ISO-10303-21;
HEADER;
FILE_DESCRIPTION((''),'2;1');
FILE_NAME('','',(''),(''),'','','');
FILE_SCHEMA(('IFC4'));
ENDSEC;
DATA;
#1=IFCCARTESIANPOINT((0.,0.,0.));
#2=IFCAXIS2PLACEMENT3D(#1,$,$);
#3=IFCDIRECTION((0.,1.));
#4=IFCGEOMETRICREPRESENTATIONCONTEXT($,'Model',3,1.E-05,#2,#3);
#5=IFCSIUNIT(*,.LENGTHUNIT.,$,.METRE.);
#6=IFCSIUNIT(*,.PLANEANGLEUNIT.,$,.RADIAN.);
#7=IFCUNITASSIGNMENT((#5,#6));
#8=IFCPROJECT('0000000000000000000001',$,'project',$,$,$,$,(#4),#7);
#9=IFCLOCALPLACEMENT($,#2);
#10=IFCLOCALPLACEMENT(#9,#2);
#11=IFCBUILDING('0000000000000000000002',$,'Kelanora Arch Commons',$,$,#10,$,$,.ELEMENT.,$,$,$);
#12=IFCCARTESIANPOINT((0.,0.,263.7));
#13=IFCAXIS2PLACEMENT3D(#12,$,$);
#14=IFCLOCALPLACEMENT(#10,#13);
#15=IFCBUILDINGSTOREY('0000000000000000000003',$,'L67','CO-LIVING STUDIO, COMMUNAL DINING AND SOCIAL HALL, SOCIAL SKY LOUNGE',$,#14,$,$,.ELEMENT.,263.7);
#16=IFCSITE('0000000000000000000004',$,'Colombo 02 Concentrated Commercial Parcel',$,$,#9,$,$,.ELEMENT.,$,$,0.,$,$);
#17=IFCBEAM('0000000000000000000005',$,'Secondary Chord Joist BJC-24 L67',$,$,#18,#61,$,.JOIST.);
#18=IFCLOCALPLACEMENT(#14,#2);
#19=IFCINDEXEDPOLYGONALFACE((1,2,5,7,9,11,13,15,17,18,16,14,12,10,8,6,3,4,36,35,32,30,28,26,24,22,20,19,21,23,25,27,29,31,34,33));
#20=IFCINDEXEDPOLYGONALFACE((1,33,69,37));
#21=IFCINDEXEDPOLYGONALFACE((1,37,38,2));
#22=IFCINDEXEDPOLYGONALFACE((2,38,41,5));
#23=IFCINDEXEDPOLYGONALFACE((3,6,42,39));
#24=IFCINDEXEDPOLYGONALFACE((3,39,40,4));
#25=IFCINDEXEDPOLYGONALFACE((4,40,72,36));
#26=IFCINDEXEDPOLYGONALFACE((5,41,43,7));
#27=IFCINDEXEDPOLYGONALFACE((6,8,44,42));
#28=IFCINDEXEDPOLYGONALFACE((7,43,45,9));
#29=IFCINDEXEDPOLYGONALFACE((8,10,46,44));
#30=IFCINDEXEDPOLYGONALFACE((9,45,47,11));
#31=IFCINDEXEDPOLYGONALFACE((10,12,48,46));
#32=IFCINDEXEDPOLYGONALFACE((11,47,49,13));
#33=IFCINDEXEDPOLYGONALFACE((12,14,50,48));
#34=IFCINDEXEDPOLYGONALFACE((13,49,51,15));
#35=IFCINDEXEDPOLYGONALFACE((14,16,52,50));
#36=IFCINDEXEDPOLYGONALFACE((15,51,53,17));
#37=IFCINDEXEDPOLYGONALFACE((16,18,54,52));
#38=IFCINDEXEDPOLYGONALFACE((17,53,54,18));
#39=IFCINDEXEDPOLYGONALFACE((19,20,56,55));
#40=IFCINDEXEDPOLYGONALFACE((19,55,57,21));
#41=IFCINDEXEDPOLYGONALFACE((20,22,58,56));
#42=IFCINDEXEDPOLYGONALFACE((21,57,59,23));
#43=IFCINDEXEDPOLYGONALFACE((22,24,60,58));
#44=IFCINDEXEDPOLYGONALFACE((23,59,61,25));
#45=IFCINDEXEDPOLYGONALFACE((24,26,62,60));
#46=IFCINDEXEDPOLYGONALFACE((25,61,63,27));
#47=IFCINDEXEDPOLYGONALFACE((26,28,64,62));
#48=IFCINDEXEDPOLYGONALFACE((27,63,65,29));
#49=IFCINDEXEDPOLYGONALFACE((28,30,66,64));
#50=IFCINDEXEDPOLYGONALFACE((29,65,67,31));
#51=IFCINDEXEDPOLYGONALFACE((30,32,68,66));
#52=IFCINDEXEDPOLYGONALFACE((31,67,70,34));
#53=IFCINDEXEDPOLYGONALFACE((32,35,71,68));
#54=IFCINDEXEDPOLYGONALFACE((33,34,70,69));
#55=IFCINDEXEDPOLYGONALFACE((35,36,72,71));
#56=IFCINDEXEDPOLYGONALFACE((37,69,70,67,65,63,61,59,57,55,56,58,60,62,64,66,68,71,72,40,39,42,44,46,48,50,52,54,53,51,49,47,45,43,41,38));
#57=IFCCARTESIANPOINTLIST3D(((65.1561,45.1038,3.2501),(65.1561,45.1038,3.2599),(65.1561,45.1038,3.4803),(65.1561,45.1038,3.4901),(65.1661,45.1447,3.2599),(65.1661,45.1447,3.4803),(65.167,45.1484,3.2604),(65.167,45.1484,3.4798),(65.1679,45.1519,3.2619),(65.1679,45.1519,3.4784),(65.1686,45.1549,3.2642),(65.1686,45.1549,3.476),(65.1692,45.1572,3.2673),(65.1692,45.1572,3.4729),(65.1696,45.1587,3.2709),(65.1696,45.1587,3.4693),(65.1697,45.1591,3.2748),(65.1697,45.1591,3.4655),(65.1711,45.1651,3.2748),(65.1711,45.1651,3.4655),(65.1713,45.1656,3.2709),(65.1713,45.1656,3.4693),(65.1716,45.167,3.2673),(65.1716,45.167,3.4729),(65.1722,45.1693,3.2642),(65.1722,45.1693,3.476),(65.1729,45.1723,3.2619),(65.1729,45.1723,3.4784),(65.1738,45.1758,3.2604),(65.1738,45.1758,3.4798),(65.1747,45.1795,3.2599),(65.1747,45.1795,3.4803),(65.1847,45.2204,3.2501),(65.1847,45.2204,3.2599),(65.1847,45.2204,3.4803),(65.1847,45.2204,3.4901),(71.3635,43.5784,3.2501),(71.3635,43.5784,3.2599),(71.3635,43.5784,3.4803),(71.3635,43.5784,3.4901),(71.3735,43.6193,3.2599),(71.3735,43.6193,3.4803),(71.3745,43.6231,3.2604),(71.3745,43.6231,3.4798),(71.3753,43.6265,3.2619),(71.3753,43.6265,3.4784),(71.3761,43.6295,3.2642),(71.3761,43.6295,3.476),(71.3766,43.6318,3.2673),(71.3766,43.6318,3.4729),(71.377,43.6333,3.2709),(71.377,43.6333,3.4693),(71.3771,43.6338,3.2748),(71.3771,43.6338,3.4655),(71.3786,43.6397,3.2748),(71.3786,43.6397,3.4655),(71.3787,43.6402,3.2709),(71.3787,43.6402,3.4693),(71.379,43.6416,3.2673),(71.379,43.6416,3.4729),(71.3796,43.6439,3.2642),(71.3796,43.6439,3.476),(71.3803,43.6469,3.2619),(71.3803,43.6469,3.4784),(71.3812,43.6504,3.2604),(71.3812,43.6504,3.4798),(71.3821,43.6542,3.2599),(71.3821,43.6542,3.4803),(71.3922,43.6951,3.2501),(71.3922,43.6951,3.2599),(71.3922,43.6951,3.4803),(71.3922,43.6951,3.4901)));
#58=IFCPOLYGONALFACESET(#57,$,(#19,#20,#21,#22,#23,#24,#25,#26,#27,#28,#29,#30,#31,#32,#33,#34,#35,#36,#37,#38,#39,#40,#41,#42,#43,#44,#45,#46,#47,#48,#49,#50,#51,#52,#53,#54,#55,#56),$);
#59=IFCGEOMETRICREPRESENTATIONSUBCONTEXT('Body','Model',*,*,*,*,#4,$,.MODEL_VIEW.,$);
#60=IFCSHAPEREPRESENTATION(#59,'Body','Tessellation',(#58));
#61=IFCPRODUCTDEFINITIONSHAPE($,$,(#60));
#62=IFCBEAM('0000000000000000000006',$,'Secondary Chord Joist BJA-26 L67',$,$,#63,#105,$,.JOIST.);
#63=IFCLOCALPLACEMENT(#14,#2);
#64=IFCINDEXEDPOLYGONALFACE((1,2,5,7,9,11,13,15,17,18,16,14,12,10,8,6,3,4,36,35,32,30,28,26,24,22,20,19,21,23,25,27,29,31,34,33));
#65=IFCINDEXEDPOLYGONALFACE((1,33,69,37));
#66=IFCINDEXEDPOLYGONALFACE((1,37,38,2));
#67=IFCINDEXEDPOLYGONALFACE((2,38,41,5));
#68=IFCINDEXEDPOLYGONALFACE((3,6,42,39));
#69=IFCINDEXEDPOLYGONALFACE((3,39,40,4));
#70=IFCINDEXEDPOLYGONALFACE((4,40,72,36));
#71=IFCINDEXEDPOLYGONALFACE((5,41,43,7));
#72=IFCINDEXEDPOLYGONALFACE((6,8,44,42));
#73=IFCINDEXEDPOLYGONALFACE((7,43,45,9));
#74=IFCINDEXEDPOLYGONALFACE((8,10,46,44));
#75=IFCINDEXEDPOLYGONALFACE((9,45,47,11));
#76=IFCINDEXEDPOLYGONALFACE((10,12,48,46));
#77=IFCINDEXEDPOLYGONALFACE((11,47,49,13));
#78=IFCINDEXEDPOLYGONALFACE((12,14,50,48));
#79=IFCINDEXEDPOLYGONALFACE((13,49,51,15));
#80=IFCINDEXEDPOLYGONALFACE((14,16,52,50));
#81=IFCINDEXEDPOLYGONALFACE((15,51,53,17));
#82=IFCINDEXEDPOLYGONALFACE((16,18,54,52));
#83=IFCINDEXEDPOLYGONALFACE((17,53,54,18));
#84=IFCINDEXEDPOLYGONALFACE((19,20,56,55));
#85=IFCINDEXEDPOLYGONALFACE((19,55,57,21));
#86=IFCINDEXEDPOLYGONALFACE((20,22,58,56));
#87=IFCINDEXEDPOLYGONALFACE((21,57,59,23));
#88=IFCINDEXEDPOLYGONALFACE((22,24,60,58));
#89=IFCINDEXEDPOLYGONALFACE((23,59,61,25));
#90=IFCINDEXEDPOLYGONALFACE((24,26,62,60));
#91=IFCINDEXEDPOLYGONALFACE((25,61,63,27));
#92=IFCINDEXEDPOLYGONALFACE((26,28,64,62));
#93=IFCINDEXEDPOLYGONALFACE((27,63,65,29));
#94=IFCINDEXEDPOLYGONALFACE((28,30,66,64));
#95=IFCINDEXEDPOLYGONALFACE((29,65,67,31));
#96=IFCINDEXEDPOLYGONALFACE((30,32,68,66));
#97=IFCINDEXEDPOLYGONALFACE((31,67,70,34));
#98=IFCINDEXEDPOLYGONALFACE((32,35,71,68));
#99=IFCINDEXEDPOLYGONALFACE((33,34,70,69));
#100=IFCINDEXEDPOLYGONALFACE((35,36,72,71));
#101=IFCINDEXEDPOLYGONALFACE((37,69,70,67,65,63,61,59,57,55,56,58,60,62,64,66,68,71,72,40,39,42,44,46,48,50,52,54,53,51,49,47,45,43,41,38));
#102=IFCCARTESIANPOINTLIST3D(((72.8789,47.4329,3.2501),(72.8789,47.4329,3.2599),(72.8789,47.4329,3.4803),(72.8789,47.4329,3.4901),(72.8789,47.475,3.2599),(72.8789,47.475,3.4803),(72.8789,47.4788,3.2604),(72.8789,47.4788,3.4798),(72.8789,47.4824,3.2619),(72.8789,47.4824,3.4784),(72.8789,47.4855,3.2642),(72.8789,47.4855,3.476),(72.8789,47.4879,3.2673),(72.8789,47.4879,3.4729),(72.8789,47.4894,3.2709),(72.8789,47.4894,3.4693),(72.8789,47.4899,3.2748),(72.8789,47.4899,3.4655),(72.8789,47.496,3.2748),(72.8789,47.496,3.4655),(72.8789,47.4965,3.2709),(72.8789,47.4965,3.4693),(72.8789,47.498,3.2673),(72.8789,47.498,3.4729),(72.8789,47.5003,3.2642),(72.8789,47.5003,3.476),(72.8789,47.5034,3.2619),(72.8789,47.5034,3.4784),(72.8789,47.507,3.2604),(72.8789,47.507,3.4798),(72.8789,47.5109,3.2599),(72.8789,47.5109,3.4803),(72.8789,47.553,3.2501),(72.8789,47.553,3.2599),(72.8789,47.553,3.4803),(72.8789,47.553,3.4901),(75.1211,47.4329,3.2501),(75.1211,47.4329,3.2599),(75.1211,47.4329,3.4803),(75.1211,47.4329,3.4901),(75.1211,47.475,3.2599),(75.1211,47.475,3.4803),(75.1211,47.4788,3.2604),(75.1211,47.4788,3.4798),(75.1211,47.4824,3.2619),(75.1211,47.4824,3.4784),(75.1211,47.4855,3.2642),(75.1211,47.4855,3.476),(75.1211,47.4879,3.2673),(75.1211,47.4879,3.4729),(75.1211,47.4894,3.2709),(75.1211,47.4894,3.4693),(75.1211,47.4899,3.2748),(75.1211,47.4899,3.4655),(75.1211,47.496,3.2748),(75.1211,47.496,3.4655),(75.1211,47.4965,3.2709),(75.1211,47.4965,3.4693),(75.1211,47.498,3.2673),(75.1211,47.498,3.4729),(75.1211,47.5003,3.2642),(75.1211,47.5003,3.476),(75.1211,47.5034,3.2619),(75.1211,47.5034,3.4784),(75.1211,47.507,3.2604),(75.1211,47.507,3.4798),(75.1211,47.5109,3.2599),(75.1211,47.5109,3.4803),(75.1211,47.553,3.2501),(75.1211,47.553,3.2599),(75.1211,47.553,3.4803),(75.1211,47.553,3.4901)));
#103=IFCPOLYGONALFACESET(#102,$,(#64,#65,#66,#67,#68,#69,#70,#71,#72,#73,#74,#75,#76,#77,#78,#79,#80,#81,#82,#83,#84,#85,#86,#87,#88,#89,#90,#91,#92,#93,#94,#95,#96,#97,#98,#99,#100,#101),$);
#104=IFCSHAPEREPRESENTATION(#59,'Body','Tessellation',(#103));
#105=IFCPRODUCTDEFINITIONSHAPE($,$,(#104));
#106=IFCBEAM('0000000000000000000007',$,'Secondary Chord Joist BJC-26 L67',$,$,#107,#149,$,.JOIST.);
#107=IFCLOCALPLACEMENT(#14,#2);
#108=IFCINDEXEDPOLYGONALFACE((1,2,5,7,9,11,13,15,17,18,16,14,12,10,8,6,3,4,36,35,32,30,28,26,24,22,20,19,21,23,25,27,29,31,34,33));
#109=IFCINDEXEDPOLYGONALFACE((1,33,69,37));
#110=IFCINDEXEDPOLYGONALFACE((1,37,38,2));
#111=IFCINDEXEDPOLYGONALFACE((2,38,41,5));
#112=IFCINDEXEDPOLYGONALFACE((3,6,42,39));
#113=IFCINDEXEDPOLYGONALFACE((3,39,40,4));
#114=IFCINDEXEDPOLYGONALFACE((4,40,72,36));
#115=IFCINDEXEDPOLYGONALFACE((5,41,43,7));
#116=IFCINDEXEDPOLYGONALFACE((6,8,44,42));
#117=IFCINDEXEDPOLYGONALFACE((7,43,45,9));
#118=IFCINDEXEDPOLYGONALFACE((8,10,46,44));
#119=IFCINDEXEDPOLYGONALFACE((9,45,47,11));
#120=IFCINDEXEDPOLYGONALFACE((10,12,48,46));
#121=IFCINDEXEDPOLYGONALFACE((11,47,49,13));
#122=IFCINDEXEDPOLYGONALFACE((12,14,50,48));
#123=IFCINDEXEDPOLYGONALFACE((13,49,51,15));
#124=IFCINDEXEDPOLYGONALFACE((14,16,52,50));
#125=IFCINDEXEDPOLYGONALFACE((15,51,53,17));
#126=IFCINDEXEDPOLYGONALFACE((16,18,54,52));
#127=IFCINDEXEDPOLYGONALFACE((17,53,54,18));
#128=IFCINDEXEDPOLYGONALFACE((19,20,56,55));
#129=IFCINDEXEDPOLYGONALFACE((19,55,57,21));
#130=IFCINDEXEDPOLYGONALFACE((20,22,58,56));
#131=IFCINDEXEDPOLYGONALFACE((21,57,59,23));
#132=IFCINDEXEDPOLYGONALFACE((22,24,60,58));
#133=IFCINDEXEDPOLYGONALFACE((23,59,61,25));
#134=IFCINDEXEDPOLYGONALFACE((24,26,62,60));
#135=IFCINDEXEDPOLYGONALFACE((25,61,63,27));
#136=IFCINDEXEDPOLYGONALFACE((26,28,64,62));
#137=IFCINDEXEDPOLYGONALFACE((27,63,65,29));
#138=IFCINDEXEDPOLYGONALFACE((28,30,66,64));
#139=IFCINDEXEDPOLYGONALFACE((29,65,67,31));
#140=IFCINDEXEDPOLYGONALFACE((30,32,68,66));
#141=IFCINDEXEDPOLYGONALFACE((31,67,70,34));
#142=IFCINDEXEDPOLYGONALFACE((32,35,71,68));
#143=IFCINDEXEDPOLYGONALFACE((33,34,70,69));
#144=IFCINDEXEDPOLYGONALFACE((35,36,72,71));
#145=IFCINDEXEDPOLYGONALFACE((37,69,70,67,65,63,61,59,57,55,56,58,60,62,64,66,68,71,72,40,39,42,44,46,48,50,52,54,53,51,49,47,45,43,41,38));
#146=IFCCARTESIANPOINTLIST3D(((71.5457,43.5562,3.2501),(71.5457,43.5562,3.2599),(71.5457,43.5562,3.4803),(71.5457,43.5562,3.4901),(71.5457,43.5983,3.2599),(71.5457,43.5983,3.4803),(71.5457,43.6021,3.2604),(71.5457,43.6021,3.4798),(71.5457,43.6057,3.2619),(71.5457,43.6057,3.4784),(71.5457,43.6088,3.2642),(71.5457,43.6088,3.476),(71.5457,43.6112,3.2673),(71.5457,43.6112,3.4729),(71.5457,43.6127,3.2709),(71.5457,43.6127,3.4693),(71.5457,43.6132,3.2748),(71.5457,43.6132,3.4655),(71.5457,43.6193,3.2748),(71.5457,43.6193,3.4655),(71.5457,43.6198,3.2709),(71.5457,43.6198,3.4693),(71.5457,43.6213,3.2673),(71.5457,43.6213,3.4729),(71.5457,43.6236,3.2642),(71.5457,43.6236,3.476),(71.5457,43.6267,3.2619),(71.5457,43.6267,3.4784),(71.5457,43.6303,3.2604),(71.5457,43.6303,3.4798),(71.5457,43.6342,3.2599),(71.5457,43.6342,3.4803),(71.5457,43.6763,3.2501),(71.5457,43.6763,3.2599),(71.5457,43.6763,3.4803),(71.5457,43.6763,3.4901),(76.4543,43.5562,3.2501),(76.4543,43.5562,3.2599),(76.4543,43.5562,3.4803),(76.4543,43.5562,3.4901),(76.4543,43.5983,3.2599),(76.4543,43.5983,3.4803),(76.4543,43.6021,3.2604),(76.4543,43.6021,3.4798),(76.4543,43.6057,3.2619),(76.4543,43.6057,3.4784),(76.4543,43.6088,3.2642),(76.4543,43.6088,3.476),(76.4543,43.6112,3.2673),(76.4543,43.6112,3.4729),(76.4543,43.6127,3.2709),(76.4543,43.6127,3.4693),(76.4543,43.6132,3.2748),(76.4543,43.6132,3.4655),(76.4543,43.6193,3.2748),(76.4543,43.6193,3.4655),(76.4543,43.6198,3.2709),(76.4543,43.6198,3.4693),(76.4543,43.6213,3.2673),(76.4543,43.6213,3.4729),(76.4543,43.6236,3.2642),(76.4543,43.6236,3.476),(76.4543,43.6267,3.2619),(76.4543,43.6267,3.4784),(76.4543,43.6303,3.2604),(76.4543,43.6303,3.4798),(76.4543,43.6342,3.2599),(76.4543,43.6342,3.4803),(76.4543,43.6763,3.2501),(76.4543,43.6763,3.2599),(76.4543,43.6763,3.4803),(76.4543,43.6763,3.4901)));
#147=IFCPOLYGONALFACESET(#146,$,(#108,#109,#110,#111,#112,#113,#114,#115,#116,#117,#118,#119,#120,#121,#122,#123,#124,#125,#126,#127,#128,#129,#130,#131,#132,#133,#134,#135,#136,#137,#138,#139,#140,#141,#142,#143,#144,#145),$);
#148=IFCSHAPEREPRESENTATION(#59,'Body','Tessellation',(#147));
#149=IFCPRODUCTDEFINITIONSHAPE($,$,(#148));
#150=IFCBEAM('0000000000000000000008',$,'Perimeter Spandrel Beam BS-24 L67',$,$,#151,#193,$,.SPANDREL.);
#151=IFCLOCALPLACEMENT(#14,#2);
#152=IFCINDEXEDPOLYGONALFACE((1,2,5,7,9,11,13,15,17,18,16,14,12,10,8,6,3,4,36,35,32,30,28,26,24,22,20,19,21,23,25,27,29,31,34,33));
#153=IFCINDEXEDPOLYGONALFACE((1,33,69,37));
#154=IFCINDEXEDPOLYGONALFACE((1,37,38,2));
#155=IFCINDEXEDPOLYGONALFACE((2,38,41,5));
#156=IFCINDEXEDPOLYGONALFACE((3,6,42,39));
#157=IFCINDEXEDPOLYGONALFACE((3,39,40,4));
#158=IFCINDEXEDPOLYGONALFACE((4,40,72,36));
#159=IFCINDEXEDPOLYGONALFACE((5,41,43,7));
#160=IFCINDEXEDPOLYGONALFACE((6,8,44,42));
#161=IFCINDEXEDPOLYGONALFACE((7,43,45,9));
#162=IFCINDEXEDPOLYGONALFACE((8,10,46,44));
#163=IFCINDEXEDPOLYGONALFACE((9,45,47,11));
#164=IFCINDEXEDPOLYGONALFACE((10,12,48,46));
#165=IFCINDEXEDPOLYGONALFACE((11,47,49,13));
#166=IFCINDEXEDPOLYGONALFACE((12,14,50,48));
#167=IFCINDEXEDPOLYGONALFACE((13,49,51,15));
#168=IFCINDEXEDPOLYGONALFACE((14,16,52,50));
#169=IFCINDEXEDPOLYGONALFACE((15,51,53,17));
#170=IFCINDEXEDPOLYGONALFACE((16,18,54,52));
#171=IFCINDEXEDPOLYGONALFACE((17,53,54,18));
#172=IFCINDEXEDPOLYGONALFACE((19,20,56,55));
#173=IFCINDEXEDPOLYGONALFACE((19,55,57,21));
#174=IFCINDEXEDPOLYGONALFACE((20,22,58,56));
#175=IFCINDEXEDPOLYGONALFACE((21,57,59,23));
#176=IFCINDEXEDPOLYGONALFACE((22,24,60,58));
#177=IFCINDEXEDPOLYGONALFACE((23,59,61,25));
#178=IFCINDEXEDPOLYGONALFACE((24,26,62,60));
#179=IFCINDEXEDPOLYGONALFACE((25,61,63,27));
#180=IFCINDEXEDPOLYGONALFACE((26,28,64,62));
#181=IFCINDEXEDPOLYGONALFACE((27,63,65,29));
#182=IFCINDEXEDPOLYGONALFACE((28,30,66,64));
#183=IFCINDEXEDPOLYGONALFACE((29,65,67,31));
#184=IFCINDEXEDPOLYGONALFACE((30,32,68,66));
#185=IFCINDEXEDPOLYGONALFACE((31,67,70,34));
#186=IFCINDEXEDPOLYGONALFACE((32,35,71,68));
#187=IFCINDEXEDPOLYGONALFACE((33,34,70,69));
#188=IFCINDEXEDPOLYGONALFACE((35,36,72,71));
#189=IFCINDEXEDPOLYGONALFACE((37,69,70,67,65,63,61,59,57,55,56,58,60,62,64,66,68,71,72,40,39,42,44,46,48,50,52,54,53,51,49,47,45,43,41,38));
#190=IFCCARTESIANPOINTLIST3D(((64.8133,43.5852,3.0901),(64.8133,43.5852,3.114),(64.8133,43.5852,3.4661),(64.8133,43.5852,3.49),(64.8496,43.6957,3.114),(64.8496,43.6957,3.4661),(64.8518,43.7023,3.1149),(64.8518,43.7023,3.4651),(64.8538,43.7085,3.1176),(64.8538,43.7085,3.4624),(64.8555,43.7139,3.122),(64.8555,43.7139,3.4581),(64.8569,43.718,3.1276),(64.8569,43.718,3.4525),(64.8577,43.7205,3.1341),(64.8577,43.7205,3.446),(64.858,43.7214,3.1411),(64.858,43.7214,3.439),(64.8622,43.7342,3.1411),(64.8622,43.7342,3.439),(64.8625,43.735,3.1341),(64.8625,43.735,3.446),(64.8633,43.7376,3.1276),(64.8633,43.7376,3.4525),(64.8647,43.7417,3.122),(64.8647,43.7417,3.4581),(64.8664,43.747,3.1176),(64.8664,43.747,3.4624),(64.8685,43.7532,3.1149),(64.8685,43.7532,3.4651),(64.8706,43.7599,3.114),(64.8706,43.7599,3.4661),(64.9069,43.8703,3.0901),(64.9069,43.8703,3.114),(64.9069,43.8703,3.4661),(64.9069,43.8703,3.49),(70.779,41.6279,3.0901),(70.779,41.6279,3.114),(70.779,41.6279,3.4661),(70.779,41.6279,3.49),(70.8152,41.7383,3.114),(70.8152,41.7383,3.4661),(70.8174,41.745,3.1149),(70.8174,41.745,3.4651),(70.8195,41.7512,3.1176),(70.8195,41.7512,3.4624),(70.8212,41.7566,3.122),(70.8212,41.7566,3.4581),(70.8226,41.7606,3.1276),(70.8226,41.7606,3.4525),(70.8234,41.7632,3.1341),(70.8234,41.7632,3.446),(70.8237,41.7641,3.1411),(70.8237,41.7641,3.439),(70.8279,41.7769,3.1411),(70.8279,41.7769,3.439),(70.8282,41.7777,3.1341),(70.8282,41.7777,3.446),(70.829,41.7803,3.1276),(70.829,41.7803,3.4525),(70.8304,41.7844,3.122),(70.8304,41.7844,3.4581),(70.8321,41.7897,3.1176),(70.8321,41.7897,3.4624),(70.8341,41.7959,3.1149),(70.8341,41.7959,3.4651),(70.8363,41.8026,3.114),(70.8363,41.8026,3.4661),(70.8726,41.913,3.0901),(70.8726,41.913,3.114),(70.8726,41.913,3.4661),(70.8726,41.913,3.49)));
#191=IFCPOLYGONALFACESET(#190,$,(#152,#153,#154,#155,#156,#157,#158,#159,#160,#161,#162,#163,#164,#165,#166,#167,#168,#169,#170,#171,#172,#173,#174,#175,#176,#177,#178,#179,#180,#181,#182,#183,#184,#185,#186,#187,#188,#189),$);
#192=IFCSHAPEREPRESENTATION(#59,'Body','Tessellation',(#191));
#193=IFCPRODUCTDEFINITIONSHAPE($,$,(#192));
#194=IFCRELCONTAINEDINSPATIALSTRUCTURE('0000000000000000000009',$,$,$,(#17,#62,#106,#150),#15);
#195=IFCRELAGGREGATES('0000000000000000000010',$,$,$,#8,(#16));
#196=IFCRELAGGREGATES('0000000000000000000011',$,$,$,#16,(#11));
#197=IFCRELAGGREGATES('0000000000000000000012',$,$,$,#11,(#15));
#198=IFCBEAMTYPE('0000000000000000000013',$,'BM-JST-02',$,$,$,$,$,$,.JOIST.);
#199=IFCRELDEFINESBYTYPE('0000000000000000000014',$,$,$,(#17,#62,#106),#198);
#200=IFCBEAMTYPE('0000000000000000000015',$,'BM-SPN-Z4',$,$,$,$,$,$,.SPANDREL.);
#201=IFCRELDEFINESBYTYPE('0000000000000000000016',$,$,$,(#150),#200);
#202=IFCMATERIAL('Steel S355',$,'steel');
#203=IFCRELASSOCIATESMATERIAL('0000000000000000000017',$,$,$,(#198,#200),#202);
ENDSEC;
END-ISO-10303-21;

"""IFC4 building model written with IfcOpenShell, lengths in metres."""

from ifc_helpers import new_model, si_unit, direction, frame, origin, origin_2d, place, context, subcontext, project, spatial, i_section, extrude, material, material_profile, profile_set, type_object, element, save


model = new_model("IFC4")

# Units and contexts
model_context = context("Model", 3, precision=1e-05, world=origin(), true_north=direction((0.0, 1.0)))
body_context = subcontext(model_context, "Body", "Model", "MODEL_VIEW")
ifc_project = project(units=[si_unit("LENGTHUNIT", "METRE"), si_unit("PLANEANGLEUNIT", "RADIAN")], contexts=[model_context])

# Site, building, storey
site_placement = place(None, origin())
site = spatial("IfcSite", under=ifc_project, at=site_placement, Name="Colombo 02 Concentrated Commercial Parcel", CompositionType="ELEMENT", RefElevation=0.0)
building_placement = place(site_placement, origin())
building = spatial("IfcBuilding", under=site, at=building_placement, Name="Kelanora Arch Commons", CompositionType="ELEMENT")
storey_placement = place(building_placement, frame((0.0, 0.0, 263.7)))
storey = spatial("IfcBuildingStorey", under=building, at=storey_placement, Name="L67", Description="CO-LIVING STUDIO, COMMUNAL DINING AND SOCIAL HALL, SOCIAL SKY LOUNGE", CompositionType="ELEMENT", Elevation=263.7)

# Beams
ifc_material_1 = material(Name="Steel S355", Category="steel")
ifc_material_profile_1 = material_profile(ifc_material_1, i_section(OverallWidth=0.1201, OverallDepth=0.24, WebThickness=0.0061, FlangeThickness=0.0098, FilletRadius=0.0149, at=origin_2d()), Name="IPE240")
ifc_profile_set_1 = profile_set([ifc_material_profile_1], Name="Steel S355")
beam_type_1 = type_object("IfcBeamType", Name="BM-JST-02", PredefinedType="JOIST", material=ifc_profile_set_1)
beam_1_placement = place(storey_placement, frame((65.1704, 45.1621, 3.3701), z_axis=(0.97111, -0.238633, 0.0), x_axis=(0.238633, 0.97111, 0.0)))
element("IfcBeam", 1, at=beam_1_placement, inside=storey, type_object=beam_type_1, Name="Secondary Chord Joist BJC-24 L67", PredefinedType="JOIST", context=body_context, shape_type="SweptSolid", body=[
    extrude(i_section(OverallWidth=0.1201, OverallDepth=0.24, WebThickness=0.0061, FlangeThickness=0.0098, FilletRadius=0.0149, at=origin_2d()), origin(), (0.0, 0.0, 1.0), 6.3921),
])
beam_2_placement = place(storey_placement, frame((72.8789, 47.4929, 3.3701), z_axis=(1.0, 0.0, 0.0), x_axis=(0.0, 1.0, 0.0)))
element("IfcBeam", 2, at=beam_2_placement, inside=storey, type_object=beam_type_1, Name="Secondary Chord Joist BJA-26 L67", PredefinedType="JOIST", context=body_context, shape_type="SweptSolid", body=[
    extrude(i_section(OverallWidth=0.1201, OverallDepth=0.24, WebThickness=0.0061, FlangeThickness=0.0098, FilletRadius=0.0149, at=origin_2d()), origin(), (0.0, 0.0, 1.0), 2.2422),
])
beam_3_placement = place(storey_placement, frame((71.5457, 43.6162, 3.3701), z_axis=(1.0, 0.0, 0.0), x_axis=(0.0, 1.0, 0.0)))
element("IfcBeam", 3, at=beam_3_placement, inside=storey, type_object=beam_type_1, Name="Secondary Chord Joist BJC-26 L67", PredefinedType="JOIST", context=body_context, shape_type="SweptSolid", body=[
    extrude(i_section(OverallWidth=0.1201, OverallDepth=0.24, WebThickness=0.0061, FlangeThickness=0.0098, FilletRadius=0.0149, at=origin_2d()), origin(), (0.0, 0.0, 1.0), 4.9087),
])
ifc_material_profile_2 = material_profile(ifc_material_1, i_section(OverallWidth=0.3, OverallDepth=0.3999, WebThickness=0.0134, FlangeThickness=0.0239, FilletRadius=0.0271, at=origin_2d()), Name="HEB400")
ifc_profile_set_2 = profile_set([ifc_material_profile_2], Name="Steel S355")
beam_type_2 = type_object("IfcBeamType", Name="BM-SPN-Z4", PredefinedType="SPANDREL", material=ifc_profile_set_2)
beam_4_placement = place(storey_placement, frame((64.8601, 43.7278, 3.29), z_axis=(0.950166, -0.311745, 0.0), x_axis=(0.311745, 0.950166, 0.0)))
element("IfcBeam", 4, at=beam_4_placement, inside=storey, type_object=beam_type_2, Name="Perimeter Spandrel Beam BS-24 L67", PredefinedType="SPANDREL", context=body_context, shape_type="SweptSolid", body=[
    extrude(i_section(OverallWidth=0.3, OverallDepth=0.3999, WebThickness=0.0134, FlangeThickness=0.0239, FilletRadius=0.0271, at=origin_2d()), origin(), (0.0, 0.0, 1.0), 6.2786),
])

save(model, "model.ifc")
